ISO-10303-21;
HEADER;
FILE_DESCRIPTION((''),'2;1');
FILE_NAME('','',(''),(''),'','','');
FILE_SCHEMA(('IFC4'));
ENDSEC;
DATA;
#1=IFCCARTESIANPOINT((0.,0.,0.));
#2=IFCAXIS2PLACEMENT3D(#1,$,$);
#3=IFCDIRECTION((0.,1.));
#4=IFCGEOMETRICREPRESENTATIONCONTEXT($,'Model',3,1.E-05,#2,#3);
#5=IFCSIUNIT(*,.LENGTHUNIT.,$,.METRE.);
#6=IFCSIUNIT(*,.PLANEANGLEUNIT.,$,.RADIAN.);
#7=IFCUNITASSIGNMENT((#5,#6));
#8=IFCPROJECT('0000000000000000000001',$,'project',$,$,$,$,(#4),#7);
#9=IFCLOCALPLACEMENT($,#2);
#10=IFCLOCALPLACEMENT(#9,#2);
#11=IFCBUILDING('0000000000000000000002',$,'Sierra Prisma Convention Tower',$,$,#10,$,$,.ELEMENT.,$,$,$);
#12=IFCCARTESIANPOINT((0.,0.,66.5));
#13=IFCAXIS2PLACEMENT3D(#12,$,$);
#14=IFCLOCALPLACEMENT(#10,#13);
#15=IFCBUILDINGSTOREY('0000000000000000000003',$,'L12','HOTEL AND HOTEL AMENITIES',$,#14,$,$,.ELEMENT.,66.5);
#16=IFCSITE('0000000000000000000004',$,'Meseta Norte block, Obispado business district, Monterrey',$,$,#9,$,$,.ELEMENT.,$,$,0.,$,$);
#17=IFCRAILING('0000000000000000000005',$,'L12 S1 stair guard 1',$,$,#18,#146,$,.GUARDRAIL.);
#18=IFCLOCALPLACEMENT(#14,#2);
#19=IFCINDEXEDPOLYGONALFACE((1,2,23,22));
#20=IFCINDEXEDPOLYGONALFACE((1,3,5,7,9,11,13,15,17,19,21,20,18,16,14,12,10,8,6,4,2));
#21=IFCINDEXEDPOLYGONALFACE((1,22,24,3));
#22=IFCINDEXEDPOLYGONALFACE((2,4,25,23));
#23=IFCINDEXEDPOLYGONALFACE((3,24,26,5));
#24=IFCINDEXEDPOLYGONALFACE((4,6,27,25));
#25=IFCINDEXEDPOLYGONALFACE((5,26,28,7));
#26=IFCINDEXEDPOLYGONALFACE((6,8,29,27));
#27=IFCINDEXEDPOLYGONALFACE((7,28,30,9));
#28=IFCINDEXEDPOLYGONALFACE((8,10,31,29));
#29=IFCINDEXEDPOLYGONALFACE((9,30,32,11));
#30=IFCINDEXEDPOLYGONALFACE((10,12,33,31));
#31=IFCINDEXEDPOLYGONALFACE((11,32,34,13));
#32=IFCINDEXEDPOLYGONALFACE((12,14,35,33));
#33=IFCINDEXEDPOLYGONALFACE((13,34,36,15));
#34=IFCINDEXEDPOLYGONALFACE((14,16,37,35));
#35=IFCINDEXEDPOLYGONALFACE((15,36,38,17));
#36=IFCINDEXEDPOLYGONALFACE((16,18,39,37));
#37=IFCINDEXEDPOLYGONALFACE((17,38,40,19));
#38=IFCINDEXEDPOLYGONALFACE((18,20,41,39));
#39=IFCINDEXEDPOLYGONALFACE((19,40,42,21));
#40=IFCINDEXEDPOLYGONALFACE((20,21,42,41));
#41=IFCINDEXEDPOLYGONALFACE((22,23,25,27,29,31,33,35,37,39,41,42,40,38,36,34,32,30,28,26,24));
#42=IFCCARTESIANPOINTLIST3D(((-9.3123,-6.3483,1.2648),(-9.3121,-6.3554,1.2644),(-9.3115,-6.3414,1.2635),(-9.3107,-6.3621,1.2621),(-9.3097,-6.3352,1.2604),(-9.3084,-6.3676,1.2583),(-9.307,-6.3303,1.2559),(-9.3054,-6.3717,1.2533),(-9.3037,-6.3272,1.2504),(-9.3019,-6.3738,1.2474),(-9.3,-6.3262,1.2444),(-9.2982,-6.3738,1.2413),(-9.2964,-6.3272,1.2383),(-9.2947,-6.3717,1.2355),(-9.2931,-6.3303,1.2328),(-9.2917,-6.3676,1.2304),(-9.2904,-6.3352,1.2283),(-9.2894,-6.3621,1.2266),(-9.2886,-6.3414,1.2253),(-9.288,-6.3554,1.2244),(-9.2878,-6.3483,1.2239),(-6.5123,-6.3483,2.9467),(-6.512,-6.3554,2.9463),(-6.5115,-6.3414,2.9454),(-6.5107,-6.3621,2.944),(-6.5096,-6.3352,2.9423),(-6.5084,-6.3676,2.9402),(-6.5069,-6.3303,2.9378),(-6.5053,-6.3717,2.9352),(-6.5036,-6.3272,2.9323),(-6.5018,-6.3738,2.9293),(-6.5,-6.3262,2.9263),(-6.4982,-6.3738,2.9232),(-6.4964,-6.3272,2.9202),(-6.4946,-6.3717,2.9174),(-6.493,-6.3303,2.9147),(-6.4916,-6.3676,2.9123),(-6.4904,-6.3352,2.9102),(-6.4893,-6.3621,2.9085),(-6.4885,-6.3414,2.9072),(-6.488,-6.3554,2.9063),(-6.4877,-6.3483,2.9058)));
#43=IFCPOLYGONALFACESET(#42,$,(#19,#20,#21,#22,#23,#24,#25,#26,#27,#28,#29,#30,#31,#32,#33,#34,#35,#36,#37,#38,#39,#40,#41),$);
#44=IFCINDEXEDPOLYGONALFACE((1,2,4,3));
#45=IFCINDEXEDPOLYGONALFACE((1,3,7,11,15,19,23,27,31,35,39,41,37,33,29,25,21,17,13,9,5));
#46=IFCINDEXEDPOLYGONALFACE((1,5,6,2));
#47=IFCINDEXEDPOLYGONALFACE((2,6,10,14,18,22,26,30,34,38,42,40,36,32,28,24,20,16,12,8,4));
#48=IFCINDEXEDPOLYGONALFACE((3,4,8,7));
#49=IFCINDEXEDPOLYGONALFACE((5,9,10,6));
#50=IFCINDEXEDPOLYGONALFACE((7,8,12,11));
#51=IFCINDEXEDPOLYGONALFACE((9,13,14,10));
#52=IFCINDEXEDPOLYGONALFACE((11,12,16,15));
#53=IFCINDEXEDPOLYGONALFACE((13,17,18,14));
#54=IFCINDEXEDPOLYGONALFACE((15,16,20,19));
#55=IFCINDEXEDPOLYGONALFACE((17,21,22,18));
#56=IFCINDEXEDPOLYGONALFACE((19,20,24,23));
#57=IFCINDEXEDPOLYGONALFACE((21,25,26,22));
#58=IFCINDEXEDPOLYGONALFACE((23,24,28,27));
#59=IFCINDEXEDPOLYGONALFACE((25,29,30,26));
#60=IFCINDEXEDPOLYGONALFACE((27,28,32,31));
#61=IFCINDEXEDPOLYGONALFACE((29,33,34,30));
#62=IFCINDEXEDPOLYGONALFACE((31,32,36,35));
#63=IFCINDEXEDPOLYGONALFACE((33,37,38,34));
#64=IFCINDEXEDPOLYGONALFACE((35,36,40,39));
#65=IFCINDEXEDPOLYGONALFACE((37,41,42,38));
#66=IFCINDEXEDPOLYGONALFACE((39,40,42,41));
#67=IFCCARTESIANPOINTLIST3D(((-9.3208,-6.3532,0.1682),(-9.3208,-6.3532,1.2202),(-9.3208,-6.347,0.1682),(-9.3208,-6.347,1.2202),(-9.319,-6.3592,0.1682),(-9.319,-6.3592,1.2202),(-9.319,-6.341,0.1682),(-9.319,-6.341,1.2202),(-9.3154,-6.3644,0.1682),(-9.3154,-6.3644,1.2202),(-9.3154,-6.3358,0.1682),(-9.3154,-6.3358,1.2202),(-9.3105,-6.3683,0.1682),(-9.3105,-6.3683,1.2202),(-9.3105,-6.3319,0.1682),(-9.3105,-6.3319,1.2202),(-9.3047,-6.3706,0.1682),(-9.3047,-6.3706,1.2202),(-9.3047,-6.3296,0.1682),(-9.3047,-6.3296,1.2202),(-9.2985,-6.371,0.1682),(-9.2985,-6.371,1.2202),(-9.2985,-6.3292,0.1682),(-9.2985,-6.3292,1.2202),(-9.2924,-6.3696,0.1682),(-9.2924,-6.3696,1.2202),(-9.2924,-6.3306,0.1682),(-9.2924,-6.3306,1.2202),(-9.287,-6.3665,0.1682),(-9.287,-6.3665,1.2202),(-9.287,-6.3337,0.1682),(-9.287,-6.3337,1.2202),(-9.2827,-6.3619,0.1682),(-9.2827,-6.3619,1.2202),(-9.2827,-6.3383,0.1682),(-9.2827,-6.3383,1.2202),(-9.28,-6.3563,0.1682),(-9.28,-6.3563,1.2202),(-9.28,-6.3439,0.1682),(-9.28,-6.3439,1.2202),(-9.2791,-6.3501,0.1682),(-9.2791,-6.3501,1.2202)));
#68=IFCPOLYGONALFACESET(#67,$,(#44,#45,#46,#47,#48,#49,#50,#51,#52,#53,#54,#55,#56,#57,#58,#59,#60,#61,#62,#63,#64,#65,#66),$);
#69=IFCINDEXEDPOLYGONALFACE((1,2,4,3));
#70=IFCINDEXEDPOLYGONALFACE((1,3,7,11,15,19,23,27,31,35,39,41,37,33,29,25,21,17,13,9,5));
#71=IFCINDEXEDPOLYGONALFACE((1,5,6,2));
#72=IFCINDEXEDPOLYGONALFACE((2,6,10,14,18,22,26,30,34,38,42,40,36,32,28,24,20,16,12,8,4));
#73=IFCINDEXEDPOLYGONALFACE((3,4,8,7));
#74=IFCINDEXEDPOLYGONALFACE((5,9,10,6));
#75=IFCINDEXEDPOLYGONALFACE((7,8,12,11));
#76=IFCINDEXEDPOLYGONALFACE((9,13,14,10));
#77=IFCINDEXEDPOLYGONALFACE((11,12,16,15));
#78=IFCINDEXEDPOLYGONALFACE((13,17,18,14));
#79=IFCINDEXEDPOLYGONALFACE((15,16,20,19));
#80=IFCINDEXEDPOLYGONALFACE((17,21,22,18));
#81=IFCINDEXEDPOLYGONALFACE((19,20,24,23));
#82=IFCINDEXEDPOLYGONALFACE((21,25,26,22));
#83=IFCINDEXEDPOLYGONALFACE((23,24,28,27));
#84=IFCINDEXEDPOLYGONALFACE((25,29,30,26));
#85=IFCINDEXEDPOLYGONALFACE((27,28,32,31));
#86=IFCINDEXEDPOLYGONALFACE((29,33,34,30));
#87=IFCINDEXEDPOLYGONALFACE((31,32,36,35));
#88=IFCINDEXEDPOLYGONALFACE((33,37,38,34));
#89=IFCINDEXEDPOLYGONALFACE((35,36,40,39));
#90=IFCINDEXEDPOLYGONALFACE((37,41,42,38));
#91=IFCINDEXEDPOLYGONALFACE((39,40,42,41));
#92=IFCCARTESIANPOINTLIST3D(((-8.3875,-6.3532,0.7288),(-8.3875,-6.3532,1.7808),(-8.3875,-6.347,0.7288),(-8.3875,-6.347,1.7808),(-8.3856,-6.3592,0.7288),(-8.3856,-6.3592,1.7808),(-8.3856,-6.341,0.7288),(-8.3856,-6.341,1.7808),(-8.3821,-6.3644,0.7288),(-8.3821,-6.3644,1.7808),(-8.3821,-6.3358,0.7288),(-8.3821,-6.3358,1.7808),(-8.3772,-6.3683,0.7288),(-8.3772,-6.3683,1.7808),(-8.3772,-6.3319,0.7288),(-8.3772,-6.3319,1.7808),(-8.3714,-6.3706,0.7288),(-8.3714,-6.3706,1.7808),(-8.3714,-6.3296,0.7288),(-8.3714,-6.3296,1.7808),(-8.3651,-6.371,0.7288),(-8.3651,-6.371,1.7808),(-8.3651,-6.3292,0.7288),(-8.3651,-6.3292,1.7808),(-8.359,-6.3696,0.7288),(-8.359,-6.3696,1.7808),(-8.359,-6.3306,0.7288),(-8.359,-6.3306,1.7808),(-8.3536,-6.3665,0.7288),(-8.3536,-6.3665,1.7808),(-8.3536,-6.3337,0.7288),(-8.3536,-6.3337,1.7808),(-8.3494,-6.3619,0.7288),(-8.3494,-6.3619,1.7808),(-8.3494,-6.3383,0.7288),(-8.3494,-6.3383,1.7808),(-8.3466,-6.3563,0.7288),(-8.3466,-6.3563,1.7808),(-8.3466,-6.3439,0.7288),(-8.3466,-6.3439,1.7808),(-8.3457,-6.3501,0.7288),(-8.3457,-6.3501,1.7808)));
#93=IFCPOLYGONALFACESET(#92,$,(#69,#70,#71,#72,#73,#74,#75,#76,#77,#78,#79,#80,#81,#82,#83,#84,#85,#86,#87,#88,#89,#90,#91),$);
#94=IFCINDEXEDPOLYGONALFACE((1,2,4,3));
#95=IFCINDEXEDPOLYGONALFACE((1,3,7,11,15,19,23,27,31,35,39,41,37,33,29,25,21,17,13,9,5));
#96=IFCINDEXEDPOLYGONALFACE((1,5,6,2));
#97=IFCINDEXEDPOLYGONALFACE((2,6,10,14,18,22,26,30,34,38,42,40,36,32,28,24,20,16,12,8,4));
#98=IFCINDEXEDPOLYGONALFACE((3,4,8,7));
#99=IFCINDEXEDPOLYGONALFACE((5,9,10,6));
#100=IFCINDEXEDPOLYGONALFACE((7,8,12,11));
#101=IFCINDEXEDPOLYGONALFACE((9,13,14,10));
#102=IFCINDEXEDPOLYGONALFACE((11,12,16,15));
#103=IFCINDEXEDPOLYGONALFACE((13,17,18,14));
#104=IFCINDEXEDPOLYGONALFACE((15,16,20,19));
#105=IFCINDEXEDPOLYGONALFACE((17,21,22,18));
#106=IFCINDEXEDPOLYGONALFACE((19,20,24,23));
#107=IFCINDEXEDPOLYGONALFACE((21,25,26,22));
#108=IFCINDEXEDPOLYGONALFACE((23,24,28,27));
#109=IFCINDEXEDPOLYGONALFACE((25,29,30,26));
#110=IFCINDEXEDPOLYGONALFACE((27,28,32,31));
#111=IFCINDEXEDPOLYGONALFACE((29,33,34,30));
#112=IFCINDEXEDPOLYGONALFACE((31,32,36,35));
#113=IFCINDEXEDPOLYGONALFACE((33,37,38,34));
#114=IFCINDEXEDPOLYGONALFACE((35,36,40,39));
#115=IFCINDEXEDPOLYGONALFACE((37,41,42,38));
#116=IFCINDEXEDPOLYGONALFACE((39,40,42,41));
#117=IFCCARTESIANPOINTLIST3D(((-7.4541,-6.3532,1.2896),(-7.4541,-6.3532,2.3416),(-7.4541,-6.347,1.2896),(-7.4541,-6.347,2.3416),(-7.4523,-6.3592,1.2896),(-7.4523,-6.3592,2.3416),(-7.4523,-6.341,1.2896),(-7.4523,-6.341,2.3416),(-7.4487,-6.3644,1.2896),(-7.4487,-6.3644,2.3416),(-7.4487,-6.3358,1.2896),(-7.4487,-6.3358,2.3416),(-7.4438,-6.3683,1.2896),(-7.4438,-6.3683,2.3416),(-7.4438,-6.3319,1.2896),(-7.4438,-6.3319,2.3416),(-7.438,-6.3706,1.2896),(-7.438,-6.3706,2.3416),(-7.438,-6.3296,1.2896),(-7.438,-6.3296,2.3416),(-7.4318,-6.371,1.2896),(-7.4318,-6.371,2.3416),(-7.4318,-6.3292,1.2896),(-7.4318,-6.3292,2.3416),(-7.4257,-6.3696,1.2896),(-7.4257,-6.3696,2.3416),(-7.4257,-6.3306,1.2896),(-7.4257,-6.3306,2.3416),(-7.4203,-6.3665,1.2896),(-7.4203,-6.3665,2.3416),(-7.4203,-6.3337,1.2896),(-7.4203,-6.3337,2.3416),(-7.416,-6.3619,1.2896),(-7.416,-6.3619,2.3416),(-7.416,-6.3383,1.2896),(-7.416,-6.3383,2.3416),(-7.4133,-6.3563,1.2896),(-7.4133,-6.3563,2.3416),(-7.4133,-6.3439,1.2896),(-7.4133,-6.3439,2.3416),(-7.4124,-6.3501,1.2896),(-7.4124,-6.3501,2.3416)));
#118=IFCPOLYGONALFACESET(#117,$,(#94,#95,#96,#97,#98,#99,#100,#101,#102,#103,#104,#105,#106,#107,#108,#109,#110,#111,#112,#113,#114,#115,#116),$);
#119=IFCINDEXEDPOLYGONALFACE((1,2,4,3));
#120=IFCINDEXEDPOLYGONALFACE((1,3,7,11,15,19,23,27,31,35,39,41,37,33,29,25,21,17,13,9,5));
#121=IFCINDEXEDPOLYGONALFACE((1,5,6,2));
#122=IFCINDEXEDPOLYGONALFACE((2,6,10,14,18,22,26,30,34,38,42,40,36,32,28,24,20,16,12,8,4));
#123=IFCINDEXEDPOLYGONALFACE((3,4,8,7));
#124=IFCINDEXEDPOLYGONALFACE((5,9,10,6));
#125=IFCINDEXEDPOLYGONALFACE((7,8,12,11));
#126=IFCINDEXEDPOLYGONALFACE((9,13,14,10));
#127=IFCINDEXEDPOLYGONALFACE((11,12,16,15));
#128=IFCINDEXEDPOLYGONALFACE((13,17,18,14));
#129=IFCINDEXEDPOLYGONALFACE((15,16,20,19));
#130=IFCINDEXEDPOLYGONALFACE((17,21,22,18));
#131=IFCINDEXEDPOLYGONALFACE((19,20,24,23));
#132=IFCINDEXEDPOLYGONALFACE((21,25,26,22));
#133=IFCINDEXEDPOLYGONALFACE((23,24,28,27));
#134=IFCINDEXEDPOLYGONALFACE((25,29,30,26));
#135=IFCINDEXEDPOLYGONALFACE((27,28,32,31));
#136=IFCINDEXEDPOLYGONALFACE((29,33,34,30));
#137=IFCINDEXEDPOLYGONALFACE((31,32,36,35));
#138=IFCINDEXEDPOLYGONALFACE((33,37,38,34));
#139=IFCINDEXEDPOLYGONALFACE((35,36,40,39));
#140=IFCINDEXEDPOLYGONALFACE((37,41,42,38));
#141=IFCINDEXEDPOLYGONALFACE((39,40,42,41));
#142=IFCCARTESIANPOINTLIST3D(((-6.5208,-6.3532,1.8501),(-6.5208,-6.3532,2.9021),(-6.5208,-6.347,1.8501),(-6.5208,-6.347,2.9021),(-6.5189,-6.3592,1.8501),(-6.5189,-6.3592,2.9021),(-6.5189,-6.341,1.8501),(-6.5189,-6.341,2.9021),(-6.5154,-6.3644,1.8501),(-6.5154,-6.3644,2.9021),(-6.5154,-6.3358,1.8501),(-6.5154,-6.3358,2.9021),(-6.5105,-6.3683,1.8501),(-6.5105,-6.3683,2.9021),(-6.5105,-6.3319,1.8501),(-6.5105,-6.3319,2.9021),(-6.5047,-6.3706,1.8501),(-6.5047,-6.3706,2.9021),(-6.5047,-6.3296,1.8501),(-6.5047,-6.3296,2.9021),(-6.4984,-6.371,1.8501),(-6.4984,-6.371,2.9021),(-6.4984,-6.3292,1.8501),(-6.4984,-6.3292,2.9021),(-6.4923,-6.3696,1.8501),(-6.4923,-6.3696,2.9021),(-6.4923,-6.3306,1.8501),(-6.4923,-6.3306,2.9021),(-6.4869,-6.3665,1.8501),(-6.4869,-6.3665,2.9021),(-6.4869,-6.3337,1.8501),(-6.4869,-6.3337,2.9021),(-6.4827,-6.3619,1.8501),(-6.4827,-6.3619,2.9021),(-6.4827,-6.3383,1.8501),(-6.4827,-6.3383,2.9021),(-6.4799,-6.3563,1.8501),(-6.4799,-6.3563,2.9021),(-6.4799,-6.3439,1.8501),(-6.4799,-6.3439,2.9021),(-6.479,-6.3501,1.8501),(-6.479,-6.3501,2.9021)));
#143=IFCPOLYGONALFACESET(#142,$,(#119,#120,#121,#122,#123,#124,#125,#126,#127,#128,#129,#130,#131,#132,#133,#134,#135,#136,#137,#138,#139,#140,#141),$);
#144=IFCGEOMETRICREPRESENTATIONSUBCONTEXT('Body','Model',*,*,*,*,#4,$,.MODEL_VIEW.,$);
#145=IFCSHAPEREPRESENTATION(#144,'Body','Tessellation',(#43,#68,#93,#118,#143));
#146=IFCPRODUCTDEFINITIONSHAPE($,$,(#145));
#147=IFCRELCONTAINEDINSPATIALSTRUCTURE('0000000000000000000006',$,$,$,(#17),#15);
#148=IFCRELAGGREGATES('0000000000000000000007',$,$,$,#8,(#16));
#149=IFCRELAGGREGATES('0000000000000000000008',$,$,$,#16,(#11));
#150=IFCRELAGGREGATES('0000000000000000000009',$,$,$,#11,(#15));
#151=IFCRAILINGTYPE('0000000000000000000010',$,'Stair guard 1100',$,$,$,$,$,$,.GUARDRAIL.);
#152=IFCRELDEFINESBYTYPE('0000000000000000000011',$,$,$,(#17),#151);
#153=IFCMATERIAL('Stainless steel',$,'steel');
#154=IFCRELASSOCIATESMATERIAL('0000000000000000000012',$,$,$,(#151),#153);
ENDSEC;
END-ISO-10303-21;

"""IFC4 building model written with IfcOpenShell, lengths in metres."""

from ifc_helpers import new_model, si_unit, direction, frame, origin, origin_2d, place, context, subcontext, project, spatial, circle, extrude, material, type_object, element, save


model = new_model("IFC4")

# Units and contexts
model_context = context("Model", 3, precision=1e-05, world=origin(), true_north=direction((0.0, 1.0)))
body_context = subcontext(model_context, "Body", "Model", "MODEL_VIEW")
ifc_project = project(units=[si_unit("LENGTHUNIT", "METRE"), si_unit("PLANEANGLEUNIT", "RADIAN")], contexts=[model_context])

# Site, building, storey
site_placement = place(None, origin())
site = spatial("IfcSite", under=ifc_project, at=site_placement, Name="Meseta Norte block, Obispado business district, Monterrey", CompositionType="ELEMENT", RefElevation=0.0)
building_placement = place(site_placement, origin())
building = spatial("IfcBuilding", under=site, at=building_placement, Name="Sierra Prisma Convention Tower", CompositionType="ELEMENT")
storey_placement = place(building_placement, frame((0.0, 0.0, 66.5)))
storey = spatial("IfcBuildingStorey", under=building, at=storey_placement, Name="L12", Description="HOTEL AND HOTEL AMENITIES", CompositionType="ELEMENT", Elevation=66.5)

# Railing
ifc_material_1 = material(Name="Stainless steel", Category="steel")
railing_type_1 = type_object("IfcRailingType", Name="Stair guard 1100", PredefinedType="GUARDRAIL", material=ifc_material_1)
railing_1_placement = place(storey_placement, frame((-9.3, -6.3501, 0.1682)))
element("IfcRailing", 1, at=railing_1_placement, inside=storey, type_object=railing_type_1, Name="L12 S1 stair guard 1", PredefinedType="GUARDRAIL", context=body_context, shape_type="SweptSolid", body=[
    extrude(circle(Radius=0.0239, at=origin_2d()), frame((0.0, 0.0, 1.0762), z_axis=(0.857242, 0.0, 0.514913), x_axis=(0.0, 1.0, 0.0)), (0.0, 0.0, 1.0), 3.2664),
    extrude(circle(Radius=0.021, at=origin_2d()), origin(), (0.0, 0.0, 1.0), 1.052),
    extrude(circle(Radius=0.021, at=origin_2d()), frame((0.9333, 0.0, 0.5605)), (0.0, 0.0, 1.0), 1.052),
    extrude(circle(Radius=0.021, at=origin_2d()), frame((1.8667, 0.0, 1.1213)), (0.0, 0.0, 1.0), 1.052),
    extrude(circle(Radius=0.021, at=origin_2d()), frame((2.8, 0.0, 1.6819)), (0.0, 0.0, 1.0), 1.052),
])

save(model, "model.ifc")
